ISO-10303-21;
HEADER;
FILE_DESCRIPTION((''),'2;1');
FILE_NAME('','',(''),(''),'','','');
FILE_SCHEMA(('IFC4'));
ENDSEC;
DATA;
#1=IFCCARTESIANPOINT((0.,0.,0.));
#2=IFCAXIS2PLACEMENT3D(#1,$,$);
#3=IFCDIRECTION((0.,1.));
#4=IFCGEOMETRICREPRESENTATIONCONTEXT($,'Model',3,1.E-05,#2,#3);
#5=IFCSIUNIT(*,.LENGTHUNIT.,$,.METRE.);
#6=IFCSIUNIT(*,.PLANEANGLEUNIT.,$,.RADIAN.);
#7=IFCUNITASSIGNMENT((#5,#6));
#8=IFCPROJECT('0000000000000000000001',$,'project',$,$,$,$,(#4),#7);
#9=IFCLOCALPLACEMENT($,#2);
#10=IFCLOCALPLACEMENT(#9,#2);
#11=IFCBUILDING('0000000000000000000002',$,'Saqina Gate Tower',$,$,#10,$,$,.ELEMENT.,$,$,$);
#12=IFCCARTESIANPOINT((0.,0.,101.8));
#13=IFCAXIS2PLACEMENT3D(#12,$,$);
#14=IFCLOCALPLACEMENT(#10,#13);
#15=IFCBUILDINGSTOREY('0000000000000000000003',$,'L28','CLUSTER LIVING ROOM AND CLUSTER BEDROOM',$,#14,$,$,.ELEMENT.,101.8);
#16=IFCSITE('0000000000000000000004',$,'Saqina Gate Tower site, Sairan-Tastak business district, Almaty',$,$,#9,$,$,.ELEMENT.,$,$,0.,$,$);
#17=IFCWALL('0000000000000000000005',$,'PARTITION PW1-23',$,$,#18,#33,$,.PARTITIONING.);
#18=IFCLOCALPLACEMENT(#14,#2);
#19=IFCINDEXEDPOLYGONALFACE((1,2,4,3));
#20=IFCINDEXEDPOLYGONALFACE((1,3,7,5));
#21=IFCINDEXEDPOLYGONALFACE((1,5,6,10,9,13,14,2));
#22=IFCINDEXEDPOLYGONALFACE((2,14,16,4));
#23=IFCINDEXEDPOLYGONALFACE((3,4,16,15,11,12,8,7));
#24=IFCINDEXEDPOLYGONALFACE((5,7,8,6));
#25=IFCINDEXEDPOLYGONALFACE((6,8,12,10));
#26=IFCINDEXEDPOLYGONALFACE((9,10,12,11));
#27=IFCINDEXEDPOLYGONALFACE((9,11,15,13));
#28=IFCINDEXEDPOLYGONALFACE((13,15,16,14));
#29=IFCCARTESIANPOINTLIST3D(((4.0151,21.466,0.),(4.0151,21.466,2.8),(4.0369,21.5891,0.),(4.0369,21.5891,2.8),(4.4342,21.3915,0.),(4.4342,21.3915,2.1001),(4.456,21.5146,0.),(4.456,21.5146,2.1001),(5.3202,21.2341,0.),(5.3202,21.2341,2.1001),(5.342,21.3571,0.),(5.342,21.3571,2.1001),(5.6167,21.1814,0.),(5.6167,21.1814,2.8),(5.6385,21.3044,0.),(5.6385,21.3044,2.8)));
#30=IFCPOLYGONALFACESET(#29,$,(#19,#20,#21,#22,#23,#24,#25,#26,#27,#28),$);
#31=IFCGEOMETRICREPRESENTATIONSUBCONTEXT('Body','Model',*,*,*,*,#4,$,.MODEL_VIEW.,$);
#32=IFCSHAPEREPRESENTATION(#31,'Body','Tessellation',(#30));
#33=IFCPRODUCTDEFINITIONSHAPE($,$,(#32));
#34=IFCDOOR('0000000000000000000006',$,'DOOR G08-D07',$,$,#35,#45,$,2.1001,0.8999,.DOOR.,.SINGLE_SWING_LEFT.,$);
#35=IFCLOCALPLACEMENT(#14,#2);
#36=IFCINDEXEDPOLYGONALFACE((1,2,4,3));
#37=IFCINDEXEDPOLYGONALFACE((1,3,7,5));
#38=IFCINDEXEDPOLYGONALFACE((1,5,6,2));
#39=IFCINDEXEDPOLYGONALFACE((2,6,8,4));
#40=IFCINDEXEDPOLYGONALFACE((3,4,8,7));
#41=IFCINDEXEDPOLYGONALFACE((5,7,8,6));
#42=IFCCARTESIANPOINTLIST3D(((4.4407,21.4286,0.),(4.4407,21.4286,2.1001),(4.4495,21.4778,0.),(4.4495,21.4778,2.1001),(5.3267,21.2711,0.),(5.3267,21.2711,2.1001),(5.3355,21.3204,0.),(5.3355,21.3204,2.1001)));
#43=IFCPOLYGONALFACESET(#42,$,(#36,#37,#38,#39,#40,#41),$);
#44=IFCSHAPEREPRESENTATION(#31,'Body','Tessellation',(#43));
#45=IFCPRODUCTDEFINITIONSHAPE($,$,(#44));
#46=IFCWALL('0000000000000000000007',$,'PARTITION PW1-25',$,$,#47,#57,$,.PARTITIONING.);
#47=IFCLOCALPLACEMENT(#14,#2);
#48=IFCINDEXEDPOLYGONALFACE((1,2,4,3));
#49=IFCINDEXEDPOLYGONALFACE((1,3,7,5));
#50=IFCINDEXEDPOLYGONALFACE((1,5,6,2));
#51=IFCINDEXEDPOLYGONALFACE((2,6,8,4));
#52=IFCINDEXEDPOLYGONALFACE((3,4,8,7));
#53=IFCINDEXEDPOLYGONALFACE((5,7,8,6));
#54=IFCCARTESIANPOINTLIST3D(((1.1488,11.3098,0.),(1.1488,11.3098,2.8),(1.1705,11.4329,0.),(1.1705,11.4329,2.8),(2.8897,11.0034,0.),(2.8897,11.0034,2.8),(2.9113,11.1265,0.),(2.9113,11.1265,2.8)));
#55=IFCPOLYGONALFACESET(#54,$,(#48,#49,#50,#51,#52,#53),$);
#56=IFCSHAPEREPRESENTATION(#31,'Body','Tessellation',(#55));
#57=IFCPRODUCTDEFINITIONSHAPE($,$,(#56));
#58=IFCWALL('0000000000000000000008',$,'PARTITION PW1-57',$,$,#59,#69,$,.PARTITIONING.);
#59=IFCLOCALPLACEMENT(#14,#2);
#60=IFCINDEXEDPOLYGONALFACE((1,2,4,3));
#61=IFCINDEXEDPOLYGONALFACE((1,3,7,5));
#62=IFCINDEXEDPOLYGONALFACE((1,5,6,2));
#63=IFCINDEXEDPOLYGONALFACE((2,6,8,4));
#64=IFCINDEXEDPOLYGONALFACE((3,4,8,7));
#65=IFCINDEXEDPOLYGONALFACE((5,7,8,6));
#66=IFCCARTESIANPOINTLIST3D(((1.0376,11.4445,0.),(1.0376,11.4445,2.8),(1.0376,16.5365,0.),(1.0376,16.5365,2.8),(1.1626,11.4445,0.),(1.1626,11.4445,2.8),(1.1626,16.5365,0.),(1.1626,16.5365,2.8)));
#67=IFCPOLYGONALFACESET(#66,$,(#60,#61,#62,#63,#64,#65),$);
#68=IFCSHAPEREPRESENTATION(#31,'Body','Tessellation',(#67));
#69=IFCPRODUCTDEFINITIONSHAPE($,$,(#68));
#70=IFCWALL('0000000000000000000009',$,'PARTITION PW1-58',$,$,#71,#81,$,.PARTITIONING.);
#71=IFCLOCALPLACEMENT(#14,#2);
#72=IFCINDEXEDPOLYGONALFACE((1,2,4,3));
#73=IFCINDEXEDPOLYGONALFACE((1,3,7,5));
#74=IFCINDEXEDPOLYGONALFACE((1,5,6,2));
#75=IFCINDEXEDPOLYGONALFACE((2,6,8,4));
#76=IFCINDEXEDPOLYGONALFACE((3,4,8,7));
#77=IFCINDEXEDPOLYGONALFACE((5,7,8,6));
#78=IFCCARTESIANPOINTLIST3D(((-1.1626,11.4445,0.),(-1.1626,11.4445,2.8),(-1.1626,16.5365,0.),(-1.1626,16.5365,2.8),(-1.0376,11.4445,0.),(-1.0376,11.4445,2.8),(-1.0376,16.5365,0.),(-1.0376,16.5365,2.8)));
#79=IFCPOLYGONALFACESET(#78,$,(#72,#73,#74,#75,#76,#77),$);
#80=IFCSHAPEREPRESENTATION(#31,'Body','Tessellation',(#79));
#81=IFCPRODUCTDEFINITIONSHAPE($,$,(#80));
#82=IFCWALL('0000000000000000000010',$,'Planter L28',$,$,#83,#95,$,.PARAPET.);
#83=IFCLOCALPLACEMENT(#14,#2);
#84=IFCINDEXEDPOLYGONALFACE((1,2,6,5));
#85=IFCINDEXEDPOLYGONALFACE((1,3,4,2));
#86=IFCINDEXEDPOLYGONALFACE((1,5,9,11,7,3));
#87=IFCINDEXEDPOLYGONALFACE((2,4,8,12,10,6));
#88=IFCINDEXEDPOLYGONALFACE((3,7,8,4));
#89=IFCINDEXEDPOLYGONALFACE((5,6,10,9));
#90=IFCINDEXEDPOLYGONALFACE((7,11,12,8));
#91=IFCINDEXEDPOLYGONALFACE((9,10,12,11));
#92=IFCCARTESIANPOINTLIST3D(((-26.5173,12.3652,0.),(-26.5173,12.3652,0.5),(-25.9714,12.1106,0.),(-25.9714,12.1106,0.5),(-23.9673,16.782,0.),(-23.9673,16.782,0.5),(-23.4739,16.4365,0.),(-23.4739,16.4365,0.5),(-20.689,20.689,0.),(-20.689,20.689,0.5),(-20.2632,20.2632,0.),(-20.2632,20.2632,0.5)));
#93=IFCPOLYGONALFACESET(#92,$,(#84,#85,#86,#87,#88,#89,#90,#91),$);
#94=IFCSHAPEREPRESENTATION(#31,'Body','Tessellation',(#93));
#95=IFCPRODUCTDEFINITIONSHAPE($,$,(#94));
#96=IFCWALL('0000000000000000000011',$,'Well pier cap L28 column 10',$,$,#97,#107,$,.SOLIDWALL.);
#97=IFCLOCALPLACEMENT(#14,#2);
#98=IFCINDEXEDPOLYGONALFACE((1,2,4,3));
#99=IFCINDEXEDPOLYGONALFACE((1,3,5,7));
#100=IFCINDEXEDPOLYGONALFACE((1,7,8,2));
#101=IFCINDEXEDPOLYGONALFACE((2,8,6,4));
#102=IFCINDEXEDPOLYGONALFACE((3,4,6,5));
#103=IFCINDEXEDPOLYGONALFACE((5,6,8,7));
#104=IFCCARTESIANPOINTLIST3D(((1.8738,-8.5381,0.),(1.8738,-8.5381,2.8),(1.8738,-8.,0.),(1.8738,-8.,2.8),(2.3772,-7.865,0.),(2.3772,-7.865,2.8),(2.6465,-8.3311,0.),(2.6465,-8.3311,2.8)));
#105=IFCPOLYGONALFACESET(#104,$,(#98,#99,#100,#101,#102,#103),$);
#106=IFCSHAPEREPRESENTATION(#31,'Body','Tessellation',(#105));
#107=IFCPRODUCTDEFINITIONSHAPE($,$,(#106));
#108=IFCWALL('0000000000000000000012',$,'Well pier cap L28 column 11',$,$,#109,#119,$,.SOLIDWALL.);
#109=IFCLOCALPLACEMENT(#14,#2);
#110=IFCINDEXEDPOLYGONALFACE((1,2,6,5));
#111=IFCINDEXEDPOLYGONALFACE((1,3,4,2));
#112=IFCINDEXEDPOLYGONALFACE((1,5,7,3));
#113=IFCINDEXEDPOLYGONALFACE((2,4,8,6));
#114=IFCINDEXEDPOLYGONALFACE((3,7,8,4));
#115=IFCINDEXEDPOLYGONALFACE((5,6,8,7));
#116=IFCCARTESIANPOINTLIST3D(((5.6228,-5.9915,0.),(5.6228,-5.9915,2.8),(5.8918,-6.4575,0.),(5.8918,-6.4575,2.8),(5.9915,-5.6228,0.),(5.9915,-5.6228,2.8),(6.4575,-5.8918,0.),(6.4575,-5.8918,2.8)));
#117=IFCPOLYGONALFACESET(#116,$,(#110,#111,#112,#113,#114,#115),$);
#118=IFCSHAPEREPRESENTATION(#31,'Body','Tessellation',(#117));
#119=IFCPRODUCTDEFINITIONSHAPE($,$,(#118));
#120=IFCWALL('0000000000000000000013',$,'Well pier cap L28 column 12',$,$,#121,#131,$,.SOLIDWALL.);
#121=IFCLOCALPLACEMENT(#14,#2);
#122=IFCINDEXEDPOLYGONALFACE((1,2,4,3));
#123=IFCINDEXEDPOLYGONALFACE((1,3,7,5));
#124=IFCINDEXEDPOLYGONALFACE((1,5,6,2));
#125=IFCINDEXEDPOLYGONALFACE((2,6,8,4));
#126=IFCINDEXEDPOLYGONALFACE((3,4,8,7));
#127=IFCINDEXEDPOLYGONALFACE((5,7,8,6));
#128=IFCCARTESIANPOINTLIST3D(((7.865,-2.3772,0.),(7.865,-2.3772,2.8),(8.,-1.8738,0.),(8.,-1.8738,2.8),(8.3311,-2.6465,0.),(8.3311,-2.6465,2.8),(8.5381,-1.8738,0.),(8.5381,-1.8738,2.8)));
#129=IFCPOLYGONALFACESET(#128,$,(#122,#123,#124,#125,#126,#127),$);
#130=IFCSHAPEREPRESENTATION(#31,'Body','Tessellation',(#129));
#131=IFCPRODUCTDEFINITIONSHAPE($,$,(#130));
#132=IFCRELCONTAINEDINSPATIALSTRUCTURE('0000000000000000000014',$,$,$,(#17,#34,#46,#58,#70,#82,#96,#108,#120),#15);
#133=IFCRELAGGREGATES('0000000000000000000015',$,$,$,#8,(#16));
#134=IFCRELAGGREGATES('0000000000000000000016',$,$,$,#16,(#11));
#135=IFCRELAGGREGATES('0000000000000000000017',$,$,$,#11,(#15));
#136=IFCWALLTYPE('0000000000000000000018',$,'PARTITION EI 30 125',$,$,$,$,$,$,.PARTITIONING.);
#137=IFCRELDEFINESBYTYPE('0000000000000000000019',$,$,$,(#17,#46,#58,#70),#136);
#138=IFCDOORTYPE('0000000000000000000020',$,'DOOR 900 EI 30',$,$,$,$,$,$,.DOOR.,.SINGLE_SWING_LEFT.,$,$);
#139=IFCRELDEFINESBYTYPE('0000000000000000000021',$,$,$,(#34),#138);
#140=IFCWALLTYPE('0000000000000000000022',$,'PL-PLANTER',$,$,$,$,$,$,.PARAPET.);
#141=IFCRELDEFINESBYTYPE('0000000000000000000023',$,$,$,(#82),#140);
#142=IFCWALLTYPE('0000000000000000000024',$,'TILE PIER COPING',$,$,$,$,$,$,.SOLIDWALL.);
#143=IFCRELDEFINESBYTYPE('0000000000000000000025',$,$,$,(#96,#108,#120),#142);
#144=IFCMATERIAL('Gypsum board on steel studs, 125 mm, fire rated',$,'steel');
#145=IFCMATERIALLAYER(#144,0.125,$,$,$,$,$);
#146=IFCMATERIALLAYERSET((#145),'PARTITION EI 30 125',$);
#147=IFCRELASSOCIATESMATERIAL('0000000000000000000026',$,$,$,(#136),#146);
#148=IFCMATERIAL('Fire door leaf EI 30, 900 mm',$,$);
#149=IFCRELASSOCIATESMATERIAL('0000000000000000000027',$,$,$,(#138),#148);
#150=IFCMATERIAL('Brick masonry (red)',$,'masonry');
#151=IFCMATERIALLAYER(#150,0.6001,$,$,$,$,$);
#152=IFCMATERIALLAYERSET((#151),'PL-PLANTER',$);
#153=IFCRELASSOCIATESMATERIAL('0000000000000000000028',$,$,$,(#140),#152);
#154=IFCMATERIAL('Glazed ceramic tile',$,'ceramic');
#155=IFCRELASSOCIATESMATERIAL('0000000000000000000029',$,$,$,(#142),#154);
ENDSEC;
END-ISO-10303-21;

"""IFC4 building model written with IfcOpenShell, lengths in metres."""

from ifc_helpers import new_model, si_unit, direction, frame, frame_2d, origin, place, context, subcontext, project, spatial, polyline, rectangle, outline, extrude, material, layer, layer_set, type_object, element, fill, save


model = new_model("IFC4")

# Units and contexts
model_context = context("Model", 3, precision=1e-05, world=origin(), true_north=direction((0.0, 1.0)))
body_context = subcontext(model_context, "Body", "Model", "MODEL_VIEW")
ifc_project = project(units=[si_unit("LENGTHUNIT", "METRE"), si_unit("PLANEANGLEUNIT", "RADIAN")], contexts=[model_context])

# Site, building, storey
site_placement = place(None, origin())
site = spatial("IfcSite", under=ifc_project, at=site_placement, Name="Saqina Gate Tower site, Sairan-Tastak business district, Almaty", CompositionType="ELEMENT", RefElevation=0.0)
building_placement = place(site_placement, origin())
building = spatial("IfcBuilding", under=site, at=building_placement, Name="Saqina Gate Tower", CompositionType="ELEMENT")
storey_placement = place(building_placement, frame((0.0, 0.0, 101.8)))
storey = spatial("IfcBuildingStorey", under=building, at=storey_placement, Name="L28", Description="CLUSTER LIVING ROOM AND CLUSTER BEDROOM", CompositionType="ELEMENT", Elevation=101.8)

# Shared definitions
ifc_material_1 = material(Name="Gypsum board on steel studs, 125 mm, fire rated", Category="steel")
ifc_layer_1 = layer(ifc_material_1, 0.125)
ifc_layer_set_1 = layer_set([ifc_layer_1], Name="PARTITION EI 30 125")
wall_type_1 = type_object("IfcWallType", Name="PARTITION EI 30 125", PredefinedType="PARTITIONING", material=ifc_layer_set_1)

# Wall, opening, door
ifc_material_2 = material(Name="Fire door leaf EI 30, 900 mm")
door_type_1 = type_object("IfcDoorType", Name="DOOR 900 EI 30", OperationType="SINGLE_SWING_LEFT", PredefinedType="DOOR", material=ifc_material_2)
wall_1_placement = place(storey_placement, frame((4.0259, 21.5276, 0.0), z_axis=(0.0, 0.0, 1.0), x_axis=(0.984568, -0.175001, 0.0)))
wall_1 = element("IfcWall", 1, at=wall_1_placement, inside=storey, type_object=wall_type_1, Name="PARTITION PW1-23", PredefinedType="PARTITIONING", context=body_context, shape_type="SweptSolid", body=[
    extrude(rectangle(XDim=1.6267, YDim=0.125, at=frame_2d((0.8135, 0.0))), origin(), (0.0, 0.0, 1.0), 2.8),
])
opening_1_placement = place(wall_1_placement, frame((0.4258, 0.0, 0.0)))
opening_1 = element("IfcOpeningElement", 2, at=opening_1_placement, cuts=wall_1, PredefinedType="OPENING", context=body_context, shape_type="SweptSolid", body=[
    extrude(rectangle(XDim=0.8999, YDim=2.1001, at=frame_2d((0.45, 1.05))), frame((0.0, 0.0745, 0.0), z_axis=(0.0, -1.0, 0.0), x_axis=(1.0, 0.0, 0.0)), (0.0, 0.0, 1.0), 0.1489),
])
door_1_placement = place(opening_1_placement, frame((0.8999, 0.0, 0.0), z_axis=(0.0, 0.0, 1.0), x_axis=(-1.0, 0.0, 0.0)))
door_1 = element("IfcDoor", 3, at=door_1_placement, inside=storey, type_object=door_type_1, Name="DOOR G08-D07", OperationType="SINGLE_SWING_LEFT", OverallHeight=2.1001, OverallWidth=0.8999, PredefinedType="DOOR", context=body_context, shape_type="SweptSolid", body=[
    extrude(rectangle(XDim=0.8999, YDim=2.1001, at=frame_2d((0.45, 1.05))), frame((0.0, 0.0249, 0.0), z_axis=(0.0, -1.0, 0.0), x_axis=(1.0, 0.0, 0.0)), (0.0, 0.0, 1.0), 0.05),
])
fill(opening_1, door_1)

# Walls
wall_2_placement = place(storey_placement, frame((1.1597, 11.3713, 0.0), z_axis=(0.0, 0.0, 1.0), x_axis=(0.98486, -0.173352, 0.0)))
element("IfcWall", 4, at=wall_2_placement, inside=storey, type_object=wall_type_1, Name="PARTITION PW1-25", PredefinedType="PARTITIONING", context=body_context, shape_type="SweptSolid", body=[
    extrude(rectangle(XDim=1.7676, YDim=0.125, at=frame_2d((0.8838, 0.0))), origin(), (0.0, 0.0, 1.0), 2.8),
])
for number, where, z_axis, x_axis, name in (
    (5, (1.1001, 11.4446, 0.0), (0.0, 0.0, 1.0), (0.0, 1.0, 0.0), "PARTITION PW1-57"),
    (6, (-1.1001, 11.4446, 0.0), (0.0, 0.0, 1.0), (0.0, 1.0, 0.0), "PARTITION PW1-58"),
):
    element("IfcWall", number, at=place(storey_placement, frame(where, z_axis=z_axis, x_axis=x_axis)), inside=storey, type_object=wall_type_1, Name=name, PredefinedType="PARTITIONING", context=body_context, shape_type="SweptSolid", body=[
        extrude(rectangle(XDim=5.092, YDim=0.125, at=frame_2d((2.5459, 0.0))), origin(), (0.0, 0.0, 1.0), 2.8),
    ])
ifc_material_3 = material(Name="Brick masonry (red)", Category="masonry")
ifc_layer_2 = layer(ifc_material_3, 0.6001)
ifc_layer_set_2 = layer_set([ifc_layer_2], Name="PL-PLANTER")
wall_type_2 = type_object("IfcWallType", Name="PL-PLANTER", PredefinedType="PARAPET", material=ifc_layer_set_2)
wall_3_placement = place(storey_placement, origin())
element("IfcWall", 7, at=wall_3_placement, inside=storey, type_object=wall_type_2, Name="Planter L28", PredefinedType="PARAPET", context=body_context, shape_type="SweptSolid", body=[
    extrude(outline(polyline([(-20.689, 20.689), (-23.9673, 16.782), (-26.5173, 12.3652), (-25.9714, 12.1106), (-23.4739, 16.4365), (-20.2632, 20.2632), (-20.689, 20.689)])), origin(), (0.0, 0.0, 1.0), 0.5),
])
ifc_material_4 = material(Name="Glazed ceramic tile", Category="ceramic")
wall_type_3 = type_object("IfcWallType", Name="TILE PIER COPING", PredefinedType="SOLIDWALL", material=ifc_material_4)
wall_4_placement = place(storey_placement, origin())
element("IfcWall", 8, at=wall_4_placement, inside=storey, type_object=wall_type_3, Name="Well pier cap L28 column 10", PredefinedType="SOLIDWALL", context=body_context, shape_type="SweptSolid", body=[
    extrude(outline(polyline([(2.6465, -8.3311), (2.3772, -7.865), (1.8738, -8.0), (1.8738, -8.5381), (2.6465, -8.3311)])), origin(), (0.0, 0.0, 1.0), 2.8),
])
wall_5_placement = place(storey_placement, origin())
element("IfcWall", 9, at=wall_5_placement, inside=storey, type_object=wall_type_3, Name="Well pier cap L28 column 11", PredefinedType="SOLIDWALL", context=body_context, shape_type="SweptSolid", body=[
    extrude(outline(polyline([(5.8918, -6.4575), (6.4575, -5.8918), (5.9915, -5.6228), (5.6228, -5.9915), (5.8918, -6.4575)])), origin(), (0.0, 0.0, 1.0), 2.8),
])
wall_6_placement = place(storey_placement, origin())
element("IfcWall", 10, at=wall_6_placement, inside=storey, type_object=wall_type_3, Name="Well pier cap L28 column 12", PredefinedType="SOLIDWALL", context=body_context, shape_type="SweptSolid", body=[
    extrude(outline(polyline([(8.5381, -1.8738), (8.0, -1.8738), (7.865, -2.3772), (8.3311, -2.6465), (8.5381, -1.8738)])), origin(), (0.0, 0.0, 1.0), 2.8),
])

save(model, "model.ifc")
